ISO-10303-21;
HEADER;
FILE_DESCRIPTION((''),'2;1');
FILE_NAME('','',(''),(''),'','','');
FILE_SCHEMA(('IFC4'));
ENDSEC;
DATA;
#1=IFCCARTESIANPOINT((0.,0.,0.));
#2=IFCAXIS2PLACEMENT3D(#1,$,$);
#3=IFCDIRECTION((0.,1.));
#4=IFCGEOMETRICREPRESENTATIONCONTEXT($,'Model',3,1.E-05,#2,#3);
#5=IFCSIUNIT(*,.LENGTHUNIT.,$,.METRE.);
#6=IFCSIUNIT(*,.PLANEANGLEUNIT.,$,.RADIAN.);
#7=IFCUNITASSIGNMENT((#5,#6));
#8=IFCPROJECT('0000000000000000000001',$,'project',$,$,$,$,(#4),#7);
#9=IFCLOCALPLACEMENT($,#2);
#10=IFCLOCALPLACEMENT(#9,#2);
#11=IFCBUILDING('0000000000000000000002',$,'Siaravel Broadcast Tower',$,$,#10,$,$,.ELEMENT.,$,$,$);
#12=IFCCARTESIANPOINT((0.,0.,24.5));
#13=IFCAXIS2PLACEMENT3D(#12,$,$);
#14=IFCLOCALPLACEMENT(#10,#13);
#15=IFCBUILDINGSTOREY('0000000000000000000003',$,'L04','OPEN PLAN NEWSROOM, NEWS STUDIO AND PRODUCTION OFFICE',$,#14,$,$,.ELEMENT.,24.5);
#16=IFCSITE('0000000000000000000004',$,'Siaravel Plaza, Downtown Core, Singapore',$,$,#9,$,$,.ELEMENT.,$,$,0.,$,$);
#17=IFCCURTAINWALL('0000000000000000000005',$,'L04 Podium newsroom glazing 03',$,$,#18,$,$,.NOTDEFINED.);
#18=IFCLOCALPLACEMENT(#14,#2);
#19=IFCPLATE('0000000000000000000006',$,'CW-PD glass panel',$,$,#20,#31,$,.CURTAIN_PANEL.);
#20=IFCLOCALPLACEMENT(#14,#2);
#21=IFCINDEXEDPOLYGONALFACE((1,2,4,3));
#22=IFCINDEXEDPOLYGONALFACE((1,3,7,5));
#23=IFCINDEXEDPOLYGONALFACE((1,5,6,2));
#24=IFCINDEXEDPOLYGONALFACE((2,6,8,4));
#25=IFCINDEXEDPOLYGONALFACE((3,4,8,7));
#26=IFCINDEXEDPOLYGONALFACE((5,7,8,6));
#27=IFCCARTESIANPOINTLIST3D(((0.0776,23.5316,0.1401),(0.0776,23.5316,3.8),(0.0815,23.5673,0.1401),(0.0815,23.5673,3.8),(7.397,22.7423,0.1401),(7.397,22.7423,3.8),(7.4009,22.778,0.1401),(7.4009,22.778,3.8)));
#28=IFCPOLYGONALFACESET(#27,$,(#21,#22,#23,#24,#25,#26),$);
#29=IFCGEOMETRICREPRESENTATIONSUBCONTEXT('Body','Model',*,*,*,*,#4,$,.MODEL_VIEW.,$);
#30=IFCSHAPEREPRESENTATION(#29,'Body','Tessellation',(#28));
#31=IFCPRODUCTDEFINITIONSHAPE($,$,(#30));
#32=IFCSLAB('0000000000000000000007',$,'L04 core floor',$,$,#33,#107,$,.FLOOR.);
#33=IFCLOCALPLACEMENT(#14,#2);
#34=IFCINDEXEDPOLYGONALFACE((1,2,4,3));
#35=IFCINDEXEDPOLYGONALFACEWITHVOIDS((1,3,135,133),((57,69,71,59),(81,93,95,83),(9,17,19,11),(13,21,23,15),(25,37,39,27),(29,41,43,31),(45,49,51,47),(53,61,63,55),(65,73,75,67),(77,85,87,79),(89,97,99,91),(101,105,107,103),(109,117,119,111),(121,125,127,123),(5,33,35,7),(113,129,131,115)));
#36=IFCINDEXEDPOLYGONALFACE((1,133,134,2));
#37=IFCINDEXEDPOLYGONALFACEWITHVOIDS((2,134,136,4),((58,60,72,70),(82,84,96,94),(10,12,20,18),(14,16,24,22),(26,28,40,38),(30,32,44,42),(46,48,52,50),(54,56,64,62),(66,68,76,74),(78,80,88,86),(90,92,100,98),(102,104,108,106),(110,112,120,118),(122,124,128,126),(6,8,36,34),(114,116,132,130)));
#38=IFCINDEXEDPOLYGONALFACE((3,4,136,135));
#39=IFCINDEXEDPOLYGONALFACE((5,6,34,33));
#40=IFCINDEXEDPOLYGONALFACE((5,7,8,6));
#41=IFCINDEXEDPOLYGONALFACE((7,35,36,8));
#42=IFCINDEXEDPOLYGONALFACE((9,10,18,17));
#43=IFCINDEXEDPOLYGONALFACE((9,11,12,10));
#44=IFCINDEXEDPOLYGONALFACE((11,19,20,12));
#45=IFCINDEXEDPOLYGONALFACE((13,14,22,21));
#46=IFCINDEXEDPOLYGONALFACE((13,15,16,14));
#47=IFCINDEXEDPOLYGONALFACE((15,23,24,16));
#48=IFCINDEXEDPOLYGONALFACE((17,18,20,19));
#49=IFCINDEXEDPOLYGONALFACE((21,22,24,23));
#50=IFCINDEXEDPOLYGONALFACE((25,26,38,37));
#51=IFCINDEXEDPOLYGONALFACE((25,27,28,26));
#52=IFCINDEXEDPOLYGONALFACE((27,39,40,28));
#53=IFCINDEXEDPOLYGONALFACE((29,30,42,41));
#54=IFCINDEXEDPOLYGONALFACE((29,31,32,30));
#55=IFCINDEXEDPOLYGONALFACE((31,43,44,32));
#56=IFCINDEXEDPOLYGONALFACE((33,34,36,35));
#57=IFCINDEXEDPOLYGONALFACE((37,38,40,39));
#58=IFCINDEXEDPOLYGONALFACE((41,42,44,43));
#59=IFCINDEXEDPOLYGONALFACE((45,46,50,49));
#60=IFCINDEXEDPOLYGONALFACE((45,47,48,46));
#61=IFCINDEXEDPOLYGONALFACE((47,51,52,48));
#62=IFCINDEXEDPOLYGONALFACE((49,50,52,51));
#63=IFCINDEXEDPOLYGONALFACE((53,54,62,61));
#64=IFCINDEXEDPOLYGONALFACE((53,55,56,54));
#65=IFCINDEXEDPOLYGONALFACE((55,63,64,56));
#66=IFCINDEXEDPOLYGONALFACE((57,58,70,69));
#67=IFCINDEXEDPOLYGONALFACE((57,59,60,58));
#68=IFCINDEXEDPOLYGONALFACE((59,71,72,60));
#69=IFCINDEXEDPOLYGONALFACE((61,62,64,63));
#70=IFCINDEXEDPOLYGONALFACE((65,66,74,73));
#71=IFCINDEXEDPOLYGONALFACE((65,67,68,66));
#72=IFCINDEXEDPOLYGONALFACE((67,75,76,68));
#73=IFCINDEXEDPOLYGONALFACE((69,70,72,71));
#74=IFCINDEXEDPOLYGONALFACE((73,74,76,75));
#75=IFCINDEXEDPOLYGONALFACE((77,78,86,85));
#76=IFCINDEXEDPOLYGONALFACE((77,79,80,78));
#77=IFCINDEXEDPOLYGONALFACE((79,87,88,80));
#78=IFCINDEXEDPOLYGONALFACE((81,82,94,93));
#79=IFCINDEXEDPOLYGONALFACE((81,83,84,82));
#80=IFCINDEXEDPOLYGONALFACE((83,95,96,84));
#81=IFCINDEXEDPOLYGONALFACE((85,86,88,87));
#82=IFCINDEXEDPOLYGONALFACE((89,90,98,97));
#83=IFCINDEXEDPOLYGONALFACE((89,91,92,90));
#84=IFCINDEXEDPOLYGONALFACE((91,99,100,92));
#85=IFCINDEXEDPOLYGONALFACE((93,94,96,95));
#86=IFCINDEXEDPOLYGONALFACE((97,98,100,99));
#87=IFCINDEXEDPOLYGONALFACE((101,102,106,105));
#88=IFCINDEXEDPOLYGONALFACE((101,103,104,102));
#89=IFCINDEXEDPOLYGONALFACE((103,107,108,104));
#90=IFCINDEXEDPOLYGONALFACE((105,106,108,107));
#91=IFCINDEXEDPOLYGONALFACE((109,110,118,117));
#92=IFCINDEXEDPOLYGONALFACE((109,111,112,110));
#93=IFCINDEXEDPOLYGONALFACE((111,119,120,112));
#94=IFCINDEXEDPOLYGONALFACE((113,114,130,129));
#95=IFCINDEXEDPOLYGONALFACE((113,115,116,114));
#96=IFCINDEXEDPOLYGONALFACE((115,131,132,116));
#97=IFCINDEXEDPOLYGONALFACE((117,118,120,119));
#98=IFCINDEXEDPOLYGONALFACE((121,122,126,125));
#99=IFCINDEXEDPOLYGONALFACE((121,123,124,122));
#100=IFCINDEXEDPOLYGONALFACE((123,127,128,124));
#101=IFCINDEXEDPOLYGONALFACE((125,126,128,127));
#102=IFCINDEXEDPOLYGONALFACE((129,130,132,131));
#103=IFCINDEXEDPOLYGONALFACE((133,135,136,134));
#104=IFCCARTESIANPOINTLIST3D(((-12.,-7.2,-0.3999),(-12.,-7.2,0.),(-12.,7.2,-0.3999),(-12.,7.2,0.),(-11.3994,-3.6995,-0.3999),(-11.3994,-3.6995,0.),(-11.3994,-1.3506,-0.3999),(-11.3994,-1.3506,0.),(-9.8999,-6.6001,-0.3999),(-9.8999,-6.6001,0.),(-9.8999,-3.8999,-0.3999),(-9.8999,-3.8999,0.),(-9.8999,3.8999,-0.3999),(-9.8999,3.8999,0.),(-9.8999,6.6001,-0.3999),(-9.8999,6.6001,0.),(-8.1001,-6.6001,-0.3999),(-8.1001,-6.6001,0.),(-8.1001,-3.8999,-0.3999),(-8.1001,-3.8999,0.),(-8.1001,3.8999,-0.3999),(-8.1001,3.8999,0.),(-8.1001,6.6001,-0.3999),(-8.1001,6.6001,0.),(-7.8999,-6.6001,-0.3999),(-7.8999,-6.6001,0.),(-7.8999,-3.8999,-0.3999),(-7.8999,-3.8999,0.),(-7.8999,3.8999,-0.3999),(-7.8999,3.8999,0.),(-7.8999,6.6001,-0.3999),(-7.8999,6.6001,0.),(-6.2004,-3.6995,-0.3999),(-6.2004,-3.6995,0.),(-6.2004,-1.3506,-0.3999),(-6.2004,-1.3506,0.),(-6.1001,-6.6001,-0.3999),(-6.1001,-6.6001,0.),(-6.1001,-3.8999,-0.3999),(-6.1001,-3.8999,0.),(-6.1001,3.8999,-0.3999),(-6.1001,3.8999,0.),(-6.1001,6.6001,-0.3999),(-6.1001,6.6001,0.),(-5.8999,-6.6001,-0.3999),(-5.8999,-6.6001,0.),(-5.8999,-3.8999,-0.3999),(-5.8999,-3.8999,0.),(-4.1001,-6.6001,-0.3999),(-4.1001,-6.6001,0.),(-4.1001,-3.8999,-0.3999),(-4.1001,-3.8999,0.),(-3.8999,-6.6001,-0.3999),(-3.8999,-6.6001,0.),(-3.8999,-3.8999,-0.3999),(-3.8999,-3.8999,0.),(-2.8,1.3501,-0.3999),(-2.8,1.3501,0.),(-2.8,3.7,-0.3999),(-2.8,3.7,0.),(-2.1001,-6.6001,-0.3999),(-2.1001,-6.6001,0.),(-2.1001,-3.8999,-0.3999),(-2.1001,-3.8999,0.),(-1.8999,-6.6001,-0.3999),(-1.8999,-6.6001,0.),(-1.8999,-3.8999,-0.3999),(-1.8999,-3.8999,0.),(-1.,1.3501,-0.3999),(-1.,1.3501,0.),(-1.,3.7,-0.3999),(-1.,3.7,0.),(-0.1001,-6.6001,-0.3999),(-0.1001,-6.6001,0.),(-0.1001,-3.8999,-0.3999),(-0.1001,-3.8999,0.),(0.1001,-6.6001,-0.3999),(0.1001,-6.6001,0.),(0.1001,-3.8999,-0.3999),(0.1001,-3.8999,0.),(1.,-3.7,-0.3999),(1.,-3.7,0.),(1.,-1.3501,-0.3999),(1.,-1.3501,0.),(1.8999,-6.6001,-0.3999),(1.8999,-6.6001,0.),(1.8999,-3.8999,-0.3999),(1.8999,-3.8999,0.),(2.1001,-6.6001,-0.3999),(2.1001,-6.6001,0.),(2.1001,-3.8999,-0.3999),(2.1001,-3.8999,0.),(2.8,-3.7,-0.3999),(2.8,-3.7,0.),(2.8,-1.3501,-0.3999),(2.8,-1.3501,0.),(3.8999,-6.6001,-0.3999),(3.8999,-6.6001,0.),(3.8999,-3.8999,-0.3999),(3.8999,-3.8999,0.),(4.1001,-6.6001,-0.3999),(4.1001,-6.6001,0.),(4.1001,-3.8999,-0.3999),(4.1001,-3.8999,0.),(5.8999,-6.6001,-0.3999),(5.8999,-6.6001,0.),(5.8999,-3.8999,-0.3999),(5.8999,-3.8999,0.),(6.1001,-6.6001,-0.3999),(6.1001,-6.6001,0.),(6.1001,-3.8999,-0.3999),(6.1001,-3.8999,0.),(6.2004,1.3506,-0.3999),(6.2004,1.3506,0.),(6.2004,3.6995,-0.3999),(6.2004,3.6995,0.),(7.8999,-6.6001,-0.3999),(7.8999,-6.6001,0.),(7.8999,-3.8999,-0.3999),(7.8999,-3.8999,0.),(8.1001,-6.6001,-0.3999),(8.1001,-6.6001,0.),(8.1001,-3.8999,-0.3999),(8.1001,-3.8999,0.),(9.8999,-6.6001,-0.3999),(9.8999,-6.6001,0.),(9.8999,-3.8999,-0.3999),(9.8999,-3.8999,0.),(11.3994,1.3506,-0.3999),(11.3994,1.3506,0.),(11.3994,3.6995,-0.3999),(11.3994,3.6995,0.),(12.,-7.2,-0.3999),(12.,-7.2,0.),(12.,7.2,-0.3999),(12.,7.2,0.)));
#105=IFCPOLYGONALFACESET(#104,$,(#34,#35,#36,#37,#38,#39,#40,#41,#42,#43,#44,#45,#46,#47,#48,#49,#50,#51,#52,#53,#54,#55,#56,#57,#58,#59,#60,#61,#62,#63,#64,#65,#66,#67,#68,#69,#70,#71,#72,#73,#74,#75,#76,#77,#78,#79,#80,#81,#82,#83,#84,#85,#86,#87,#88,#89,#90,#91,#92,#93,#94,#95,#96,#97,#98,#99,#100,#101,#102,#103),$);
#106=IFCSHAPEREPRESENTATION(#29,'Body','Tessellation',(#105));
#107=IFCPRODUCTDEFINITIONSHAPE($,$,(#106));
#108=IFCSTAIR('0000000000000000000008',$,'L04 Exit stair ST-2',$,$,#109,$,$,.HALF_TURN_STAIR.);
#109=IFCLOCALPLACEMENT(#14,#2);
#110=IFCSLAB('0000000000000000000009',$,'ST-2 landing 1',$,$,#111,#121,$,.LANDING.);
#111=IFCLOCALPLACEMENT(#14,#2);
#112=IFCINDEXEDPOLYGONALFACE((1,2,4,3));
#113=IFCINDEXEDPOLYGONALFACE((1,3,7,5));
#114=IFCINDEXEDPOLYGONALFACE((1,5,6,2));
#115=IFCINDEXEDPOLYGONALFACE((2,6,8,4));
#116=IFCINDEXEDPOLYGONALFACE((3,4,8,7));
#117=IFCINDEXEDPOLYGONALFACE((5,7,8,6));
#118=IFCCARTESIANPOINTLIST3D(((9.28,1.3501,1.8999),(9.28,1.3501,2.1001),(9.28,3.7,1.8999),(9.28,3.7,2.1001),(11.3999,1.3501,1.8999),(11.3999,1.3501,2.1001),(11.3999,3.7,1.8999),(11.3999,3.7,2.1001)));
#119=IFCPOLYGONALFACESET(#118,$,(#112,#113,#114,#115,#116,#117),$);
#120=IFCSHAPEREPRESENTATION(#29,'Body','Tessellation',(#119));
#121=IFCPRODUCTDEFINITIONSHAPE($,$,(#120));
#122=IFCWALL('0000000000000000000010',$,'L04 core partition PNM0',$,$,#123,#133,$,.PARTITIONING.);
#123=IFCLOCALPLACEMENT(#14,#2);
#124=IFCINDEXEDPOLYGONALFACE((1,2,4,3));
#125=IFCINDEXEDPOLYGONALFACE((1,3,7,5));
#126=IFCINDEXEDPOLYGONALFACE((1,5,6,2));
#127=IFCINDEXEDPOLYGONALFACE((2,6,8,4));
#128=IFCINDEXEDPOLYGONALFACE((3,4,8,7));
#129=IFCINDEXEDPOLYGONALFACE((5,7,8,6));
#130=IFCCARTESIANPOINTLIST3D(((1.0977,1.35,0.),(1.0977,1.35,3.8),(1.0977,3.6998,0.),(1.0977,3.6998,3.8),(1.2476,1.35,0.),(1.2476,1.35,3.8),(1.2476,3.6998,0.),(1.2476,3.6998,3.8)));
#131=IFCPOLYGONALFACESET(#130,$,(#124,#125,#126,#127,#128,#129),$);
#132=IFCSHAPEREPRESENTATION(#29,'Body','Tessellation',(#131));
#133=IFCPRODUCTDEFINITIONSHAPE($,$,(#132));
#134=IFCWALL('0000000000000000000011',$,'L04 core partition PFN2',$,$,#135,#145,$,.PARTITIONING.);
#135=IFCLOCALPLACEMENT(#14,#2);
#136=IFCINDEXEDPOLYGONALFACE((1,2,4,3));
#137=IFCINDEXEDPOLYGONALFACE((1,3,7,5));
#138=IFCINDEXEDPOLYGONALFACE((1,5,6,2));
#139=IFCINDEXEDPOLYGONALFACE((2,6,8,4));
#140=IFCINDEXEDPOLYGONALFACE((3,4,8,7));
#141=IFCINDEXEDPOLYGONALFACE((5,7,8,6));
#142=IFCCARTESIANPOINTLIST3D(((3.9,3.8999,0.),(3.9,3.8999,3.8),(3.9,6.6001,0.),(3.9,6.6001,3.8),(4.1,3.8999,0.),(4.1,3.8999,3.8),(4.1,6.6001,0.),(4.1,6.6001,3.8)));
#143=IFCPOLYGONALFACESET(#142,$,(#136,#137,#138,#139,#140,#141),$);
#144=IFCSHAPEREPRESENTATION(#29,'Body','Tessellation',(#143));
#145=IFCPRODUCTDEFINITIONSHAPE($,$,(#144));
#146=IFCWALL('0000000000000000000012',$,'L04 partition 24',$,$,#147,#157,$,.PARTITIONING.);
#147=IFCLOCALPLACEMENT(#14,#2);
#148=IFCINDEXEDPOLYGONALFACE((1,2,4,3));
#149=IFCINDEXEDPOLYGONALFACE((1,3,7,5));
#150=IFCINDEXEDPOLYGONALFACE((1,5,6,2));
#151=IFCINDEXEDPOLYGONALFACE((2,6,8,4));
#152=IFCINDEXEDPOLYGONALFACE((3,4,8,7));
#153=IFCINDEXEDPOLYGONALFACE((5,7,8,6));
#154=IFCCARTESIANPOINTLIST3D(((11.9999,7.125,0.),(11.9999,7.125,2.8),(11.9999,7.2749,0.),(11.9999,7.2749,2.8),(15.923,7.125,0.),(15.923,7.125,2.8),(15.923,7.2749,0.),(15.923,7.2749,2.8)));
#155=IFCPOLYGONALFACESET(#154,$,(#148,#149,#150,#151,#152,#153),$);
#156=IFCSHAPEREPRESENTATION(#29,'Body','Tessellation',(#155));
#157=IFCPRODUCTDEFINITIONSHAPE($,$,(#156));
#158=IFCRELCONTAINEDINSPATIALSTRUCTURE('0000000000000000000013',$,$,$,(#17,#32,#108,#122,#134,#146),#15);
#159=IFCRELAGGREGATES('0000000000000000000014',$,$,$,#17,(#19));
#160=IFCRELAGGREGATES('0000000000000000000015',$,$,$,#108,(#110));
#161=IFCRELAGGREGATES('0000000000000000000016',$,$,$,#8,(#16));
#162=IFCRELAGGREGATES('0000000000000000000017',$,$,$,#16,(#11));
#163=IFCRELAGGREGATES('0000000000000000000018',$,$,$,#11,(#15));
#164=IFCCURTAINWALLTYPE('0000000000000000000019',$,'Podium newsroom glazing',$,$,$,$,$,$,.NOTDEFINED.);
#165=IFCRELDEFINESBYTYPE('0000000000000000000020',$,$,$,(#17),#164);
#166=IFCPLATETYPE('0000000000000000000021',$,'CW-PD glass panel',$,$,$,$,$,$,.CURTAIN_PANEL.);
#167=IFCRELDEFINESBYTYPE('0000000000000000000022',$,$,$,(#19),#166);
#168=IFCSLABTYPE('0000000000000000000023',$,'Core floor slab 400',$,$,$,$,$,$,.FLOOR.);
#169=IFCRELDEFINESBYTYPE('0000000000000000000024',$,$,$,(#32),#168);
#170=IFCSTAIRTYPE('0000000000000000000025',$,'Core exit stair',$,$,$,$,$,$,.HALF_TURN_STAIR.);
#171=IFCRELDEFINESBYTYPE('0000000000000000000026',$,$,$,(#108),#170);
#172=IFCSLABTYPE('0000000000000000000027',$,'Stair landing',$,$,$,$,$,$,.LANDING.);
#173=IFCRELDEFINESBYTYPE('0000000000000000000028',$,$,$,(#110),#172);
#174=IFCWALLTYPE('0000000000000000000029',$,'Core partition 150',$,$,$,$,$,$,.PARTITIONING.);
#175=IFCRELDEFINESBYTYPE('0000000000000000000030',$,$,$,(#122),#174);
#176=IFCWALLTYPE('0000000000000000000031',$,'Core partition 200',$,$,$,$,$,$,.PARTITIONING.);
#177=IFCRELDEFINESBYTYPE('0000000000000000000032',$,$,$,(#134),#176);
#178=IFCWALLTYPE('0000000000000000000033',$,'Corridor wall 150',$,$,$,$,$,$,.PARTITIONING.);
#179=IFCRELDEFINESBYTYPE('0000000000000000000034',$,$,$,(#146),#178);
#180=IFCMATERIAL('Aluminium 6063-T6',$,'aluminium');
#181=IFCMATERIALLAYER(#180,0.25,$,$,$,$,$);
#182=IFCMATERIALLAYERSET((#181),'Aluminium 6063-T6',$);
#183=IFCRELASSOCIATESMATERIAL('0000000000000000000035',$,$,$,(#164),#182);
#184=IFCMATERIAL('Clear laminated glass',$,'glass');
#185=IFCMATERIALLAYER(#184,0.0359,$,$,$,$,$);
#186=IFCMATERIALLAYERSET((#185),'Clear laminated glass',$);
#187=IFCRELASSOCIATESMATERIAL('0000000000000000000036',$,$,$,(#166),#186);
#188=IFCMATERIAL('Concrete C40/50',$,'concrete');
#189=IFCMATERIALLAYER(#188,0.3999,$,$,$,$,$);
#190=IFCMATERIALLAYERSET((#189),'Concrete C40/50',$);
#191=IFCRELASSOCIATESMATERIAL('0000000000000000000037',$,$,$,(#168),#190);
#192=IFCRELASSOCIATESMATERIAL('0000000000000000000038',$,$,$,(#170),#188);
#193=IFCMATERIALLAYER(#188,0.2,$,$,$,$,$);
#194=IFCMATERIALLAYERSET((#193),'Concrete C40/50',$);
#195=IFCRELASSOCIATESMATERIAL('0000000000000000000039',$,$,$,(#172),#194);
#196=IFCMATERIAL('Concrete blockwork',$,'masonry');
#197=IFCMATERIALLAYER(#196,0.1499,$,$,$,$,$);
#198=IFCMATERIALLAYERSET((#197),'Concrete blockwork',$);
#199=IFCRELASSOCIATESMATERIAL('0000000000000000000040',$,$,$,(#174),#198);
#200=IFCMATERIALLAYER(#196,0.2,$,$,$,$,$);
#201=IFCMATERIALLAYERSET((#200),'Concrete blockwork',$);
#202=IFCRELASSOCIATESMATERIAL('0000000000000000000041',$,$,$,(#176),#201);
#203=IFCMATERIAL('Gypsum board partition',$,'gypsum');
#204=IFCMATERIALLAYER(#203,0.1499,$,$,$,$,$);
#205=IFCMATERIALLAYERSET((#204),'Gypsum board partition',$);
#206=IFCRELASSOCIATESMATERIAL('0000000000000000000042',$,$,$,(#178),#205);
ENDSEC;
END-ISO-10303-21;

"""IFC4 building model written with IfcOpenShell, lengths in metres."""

from ifc_helpers import new_model, si_unit, direction, frame, frame_2d, origin, origin_2d, place, context, subcontext, project, spatial, polyline, rectangle, outline, extrude, material, layer, layer_set, type_object, element, aggregate, save


model = new_model("IFC4")

# Units and contexts
model_context = context("Model", 3, precision=1e-05, world=origin(), true_north=direction((0.0, 1.0)))
body_context = subcontext(model_context, "Body", "Model", "MODEL_VIEW")
ifc_project = project(units=[si_unit("LENGTHUNIT", "METRE"), si_unit("PLANEANGLEUNIT", "RADIAN")], contexts=[model_context])

# Site, building, storey
site_placement = place(None, origin())
site = spatial("IfcSite", under=ifc_project, at=site_placement, Name="Siaravel Plaza, Downtown Core, Singapore", CompositionType="ELEMENT", RefElevation=0.0)
building_placement = place(site_placement, origin())
building = spatial("IfcBuilding", under=site, at=building_placement, Name="Siaravel Broadcast Tower", CompositionType="ELEMENT")
storey_placement = place(building_placement, frame((0.0, 0.0, 24.5)))
storey = spatial("IfcBuildingStorey", under=building, at=storey_placement, Name="L04", Description="OPEN PLAN NEWSROOM, NEWS STUDIO AND PRODUCTION OFFICE", CompositionType="ELEMENT", Elevation=24.5)

# Shared definitions
ifc_material_1 = material(Name="Aluminium 6063-T6", Category="aluminium")
ifc_layer_1 = layer(ifc_material_1, 0.25)
ifc_layer_set_1 = layer_set([ifc_layer_1], Name="Aluminium 6063-T6")
curtain_wall_type = type_object("IfcCurtainWallType", Name="Podium newsroom glazing", PredefinedType="NOTDEFINED", material=ifc_layer_set_1)

# Curtain wall, plate
curtain_wall_1_placement = place(storey_placement, origin())
curtain_wall_1 = element("IfcCurtainWall", 1, at=curtain_wall_1_placement, inside=storey, type_object=curtain_wall_type, Name="L04 Podium newsroom glazing 03", PredefinedType="NOTDEFINED")
ifc_material_2 = material(Name="Clear laminated glass", Category="glass")
ifc_layer_2 = layer(ifc_material_2, 0.0359)
ifc_layer_set_2 = layer_set([ifc_layer_2], Name="Clear laminated glass")
plate_type = type_object("IfcPlateType", Name="CW-PD glass panel", PredefinedType="CURTAIN_PANEL", material=ifc_layer_set_2)
plate_1_placement = place(storey_placement, frame((3.7393, 23.1548, 0.1401), z_axis=(0.0, 0.0, 1.0), x_axis=(-0.994236, 0.107217, 0.0)))
plate_1 = element("IfcPlate", 2, at=plate_1_placement, type_object=plate_type, Name="CW-PD glass panel", PredefinedType="CURTAIN_PANEL", context=body_context, shape_type="SweptSolid", body=[
    extrude(rectangle(XDim=7.3618, YDim=0.0359, at=origin_2d()), origin(), (0.0, 0.0, 1.0), 3.6599),
])
aggregate(curtain_wall_1, [plate_1])

# Slab
ifc_material_3 = material(Name="Concrete C40/50", Category="concrete")
ifc_layer_3 = layer(ifc_material_3, 0.3999)
ifc_layer_set_3 = layer_set([ifc_layer_3], Name="Concrete C40/50")
slab_type_1 = type_object("IfcSlabType", Name="Core floor slab 400", PredefinedType="FLOOR", material=ifc_layer_set_3)
slab_1_placement = place(storey_placement, frame((0.0, 0.0, -0.3999)))
element("IfcSlab", 3, at=slab_1_placement, inside=storey, type_object=slab_type_1, Name="L04 core floor", PredefinedType="FLOOR", context=body_context, shape_type="SweptSolid", body=[
    extrude(outline(polyline([(-12.0, -7.2), (-12.0, 7.2), (12.0, 7.2), (12.0, -7.2), (-12.0, -7.2)]), holes=[polyline([(11.3994, 1.3506), (11.3994, 3.6995), (6.2004, 3.6995), (6.2004, 1.3506), (11.3994, 1.3506)]), polyline([(9.8999, -3.8999), (8.1001, -3.8999), (8.1001, -6.6001), (9.8999, -6.6001), (9.8999, -3.8999)]), polyline([(7.8999, -3.8999), (6.1001, -3.8999), (6.1001, -6.6001), (7.8999, -6.6001), (7.8999, -3.8999)]), polyline([(5.8999, -3.8999), (4.1001, -3.8999), (4.1001, -6.6001), (5.8999, -6.6001), (5.8999, -3.8999)]), polyline([(3.8999, -3.8999), (2.1001, -3.8999), (2.1001, -6.6001), (3.8999, -6.6001), (3.8999, -3.8999)]), polyline([(2.8, -1.3501), (1.0, -1.3501), (1.0, -3.7), (2.8, -3.7), (2.8, -1.3501)]), polyline([(1.8999, -3.8999), (0.1001, -3.8999), (0.1001, -6.6001), (1.8999, -6.6001), (1.8999, -3.8999)]), polyline([(-0.1001, -3.8999), (-1.8999, -3.8999), (-1.8999, -6.6001), (-0.1001, -6.6001), (-0.1001, -3.8999)]), polyline([(-1.0, 3.7), (-2.8, 3.7), (-2.8, 1.3501), (-1.0, 1.3501), (-1.0, 3.7)]), polyline([(-2.1001, -3.8999), (-3.8999, -3.8999), (-3.8999, -6.6001), (-2.1001, -6.6001), (-2.1001, -3.8999)]), polyline([(-4.1001, -3.8999), (-5.8999, -3.8999), (-5.8999, -6.6001), (-4.1001, -6.6001), (-4.1001, -3.8999)]), polyline([(-6.1001, -3.8999), (-7.8999, -3.8999), (-7.8999, -6.6001), (-6.1001, -6.6001), (-6.1001, -3.8999)]), polyline([(-6.1001, 6.6001), (-7.8999, 6.6001), (-7.8999, 3.8999), (-6.1001, 3.8999), (-6.1001, 6.6001)]), polyline([(-11.3994, -1.3506), (-11.3994, -3.6995), (-6.2004, -3.6995), (-6.2004, -1.3506), (-11.3994, -1.3506)]), polyline([(-8.1001, -3.8999), (-9.8999, -3.8999), (-9.8999, -6.6001), (-8.1001, -6.6001), (-8.1001, -3.8999)]), polyline([(-8.1001, 6.6001), (-9.8999, 6.6001), (-9.8999, 3.8999), (-8.1001, 3.8999), (-8.1001, 6.6001)])]), origin(), (0.0, 0.0, 1.0), 0.3999),
])

# Stair, slab
stair_type = type_object("IfcStairType", Name="Core exit stair", PredefinedType="HALF_TURN_STAIR", material=ifc_material_3)
stair_placement = place(storey_placement, origin())
stair = element("IfcStair", 4, at=stair_placement, inside=storey, type_object=stair_type, Name="L04 Exit stair ST-2", PredefinedType="HALF_TURN_STAIR")
ifc_layer_4 = layer(ifc_material_3, 0.2)
ifc_layer_set_4 = layer_set([ifc_layer_4], Name="Concrete C40/50")
slab_type_2 = type_object("IfcSlabType", Name="Stair landing", PredefinedType="LANDING", material=ifc_layer_set_4)
slab_2_placement = place(storey_placement, frame((0.0, 0.0, 1.8999)))
slab_2 = element("IfcSlab", 5, at=slab_2_placement, type_object=slab_type_2, Name="ST-2 landing 1", PredefinedType="LANDING", context=body_context, shape_type="SweptSolid", body=[
    extrude(outline(polyline([(9.28, 1.3501), (11.3999, 1.3501), (11.3999, 3.7), (9.28, 3.7), (9.28, 1.3501)])), origin(), (0.0, 0.0, 1.0), 0.2002),
])

# Walls
ifc_material_4 = material(Name="Concrete blockwork", Category="masonry")
ifc_layer_5 = layer(ifc_material_4, 0.1499)
ifc_layer_set_5 = layer_set([ifc_layer_5], Name="Concrete blockwork")
wall_type_1 = type_object("IfcWallType", Name="Core partition 150", PredefinedType="PARTITIONING", material=ifc_layer_set_5)
wall_1_placement = place(storey_placement, frame((1.1726, 1.3501, 0.0), z_axis=(0.0, 0.0, 1.0), x_axis=(0.0, 1.0, 0.0)))
element("IfcWall", 6, at=wall_1_placement, inside=storey, type_object=wall_type_1, Name="L04 core partition PNM0", PredefinedType="PARTITIONING", context=body_context, shape_type="SweptSolid", body=[
    extrude(rectangle(XDim=2.3499, YDim=0.1499, at=frame_2d((1.1748, 0.0))), origin(), (0.0, 0.0, 1.0), 3.8),
])
ifc_layer_6 = layer(ifc_material_4, 0.2)
ifc_layer_set_6 = layer_set([ifc_layer_6], Name="Concrete blockwork")
wall_type_2 = type_object("IfcWallType", Name="Core partition 200", PredefinedType="PARTITIONING", material=ifc_layer_set_6)
wall_2_placement = place(storey_placement, frame((4.0, 3.8999, 0.0), z_axis=(0.0, 0.0, 1.0), x_axis=(0.0, 1.0, 0.0)))
element("IfcWall", 7, at=wall_2_placement, inside=storey, type_object=wall_type_2, Name="L04 core partition PFN2", PredefinedType="PARTITIONING", context=body_context, shape_type="SweptSolid", body=[
    extrude(rectangle(XDim=2.7002, YDim=0.2, at=frame_2d((1.3501, 0.0))), origin(), (0.0, 0.0, 1.0), 3.8),
])
ifc_material_5 = material(Name="Gypsum board partition", Category="gypsum")
ifc_layer_7 = layer(ifc_material_5, 0.1499)
ifc_layer_set_7 = layer_set([ifc_layer_7], Name="Gypsum board partition")
wall_type_3 = type_object("IfcWallType", Name="Corridor wall 150", PredefinedType="PARTITIONING", material=ifc_layer_set_7)
wall_3_placement = place(storey_placement, frame((12.0, 7.2, 0.0), z_axis=(0.0, 0.0, 1.0), x_axis=(1.0, 0.0, 0.0)))
element("IfcWall", 8, at=wall_3_placement, inside=storey, type_object=wall_type_3, Name="L04 partition 24", PredefinedType="PARTITIONING", context=body_context, shape_type="SweptSolid", body=[
    extrude(rectangle(XDim=3.9231, YDim=0.1499, at=frame_2d((1.9614, 0.0))), origin(), (0.0, 0.0, 1.0), 2.8),
])

aggregate(stair, [slab_2])

save(model, "model.ifc")
